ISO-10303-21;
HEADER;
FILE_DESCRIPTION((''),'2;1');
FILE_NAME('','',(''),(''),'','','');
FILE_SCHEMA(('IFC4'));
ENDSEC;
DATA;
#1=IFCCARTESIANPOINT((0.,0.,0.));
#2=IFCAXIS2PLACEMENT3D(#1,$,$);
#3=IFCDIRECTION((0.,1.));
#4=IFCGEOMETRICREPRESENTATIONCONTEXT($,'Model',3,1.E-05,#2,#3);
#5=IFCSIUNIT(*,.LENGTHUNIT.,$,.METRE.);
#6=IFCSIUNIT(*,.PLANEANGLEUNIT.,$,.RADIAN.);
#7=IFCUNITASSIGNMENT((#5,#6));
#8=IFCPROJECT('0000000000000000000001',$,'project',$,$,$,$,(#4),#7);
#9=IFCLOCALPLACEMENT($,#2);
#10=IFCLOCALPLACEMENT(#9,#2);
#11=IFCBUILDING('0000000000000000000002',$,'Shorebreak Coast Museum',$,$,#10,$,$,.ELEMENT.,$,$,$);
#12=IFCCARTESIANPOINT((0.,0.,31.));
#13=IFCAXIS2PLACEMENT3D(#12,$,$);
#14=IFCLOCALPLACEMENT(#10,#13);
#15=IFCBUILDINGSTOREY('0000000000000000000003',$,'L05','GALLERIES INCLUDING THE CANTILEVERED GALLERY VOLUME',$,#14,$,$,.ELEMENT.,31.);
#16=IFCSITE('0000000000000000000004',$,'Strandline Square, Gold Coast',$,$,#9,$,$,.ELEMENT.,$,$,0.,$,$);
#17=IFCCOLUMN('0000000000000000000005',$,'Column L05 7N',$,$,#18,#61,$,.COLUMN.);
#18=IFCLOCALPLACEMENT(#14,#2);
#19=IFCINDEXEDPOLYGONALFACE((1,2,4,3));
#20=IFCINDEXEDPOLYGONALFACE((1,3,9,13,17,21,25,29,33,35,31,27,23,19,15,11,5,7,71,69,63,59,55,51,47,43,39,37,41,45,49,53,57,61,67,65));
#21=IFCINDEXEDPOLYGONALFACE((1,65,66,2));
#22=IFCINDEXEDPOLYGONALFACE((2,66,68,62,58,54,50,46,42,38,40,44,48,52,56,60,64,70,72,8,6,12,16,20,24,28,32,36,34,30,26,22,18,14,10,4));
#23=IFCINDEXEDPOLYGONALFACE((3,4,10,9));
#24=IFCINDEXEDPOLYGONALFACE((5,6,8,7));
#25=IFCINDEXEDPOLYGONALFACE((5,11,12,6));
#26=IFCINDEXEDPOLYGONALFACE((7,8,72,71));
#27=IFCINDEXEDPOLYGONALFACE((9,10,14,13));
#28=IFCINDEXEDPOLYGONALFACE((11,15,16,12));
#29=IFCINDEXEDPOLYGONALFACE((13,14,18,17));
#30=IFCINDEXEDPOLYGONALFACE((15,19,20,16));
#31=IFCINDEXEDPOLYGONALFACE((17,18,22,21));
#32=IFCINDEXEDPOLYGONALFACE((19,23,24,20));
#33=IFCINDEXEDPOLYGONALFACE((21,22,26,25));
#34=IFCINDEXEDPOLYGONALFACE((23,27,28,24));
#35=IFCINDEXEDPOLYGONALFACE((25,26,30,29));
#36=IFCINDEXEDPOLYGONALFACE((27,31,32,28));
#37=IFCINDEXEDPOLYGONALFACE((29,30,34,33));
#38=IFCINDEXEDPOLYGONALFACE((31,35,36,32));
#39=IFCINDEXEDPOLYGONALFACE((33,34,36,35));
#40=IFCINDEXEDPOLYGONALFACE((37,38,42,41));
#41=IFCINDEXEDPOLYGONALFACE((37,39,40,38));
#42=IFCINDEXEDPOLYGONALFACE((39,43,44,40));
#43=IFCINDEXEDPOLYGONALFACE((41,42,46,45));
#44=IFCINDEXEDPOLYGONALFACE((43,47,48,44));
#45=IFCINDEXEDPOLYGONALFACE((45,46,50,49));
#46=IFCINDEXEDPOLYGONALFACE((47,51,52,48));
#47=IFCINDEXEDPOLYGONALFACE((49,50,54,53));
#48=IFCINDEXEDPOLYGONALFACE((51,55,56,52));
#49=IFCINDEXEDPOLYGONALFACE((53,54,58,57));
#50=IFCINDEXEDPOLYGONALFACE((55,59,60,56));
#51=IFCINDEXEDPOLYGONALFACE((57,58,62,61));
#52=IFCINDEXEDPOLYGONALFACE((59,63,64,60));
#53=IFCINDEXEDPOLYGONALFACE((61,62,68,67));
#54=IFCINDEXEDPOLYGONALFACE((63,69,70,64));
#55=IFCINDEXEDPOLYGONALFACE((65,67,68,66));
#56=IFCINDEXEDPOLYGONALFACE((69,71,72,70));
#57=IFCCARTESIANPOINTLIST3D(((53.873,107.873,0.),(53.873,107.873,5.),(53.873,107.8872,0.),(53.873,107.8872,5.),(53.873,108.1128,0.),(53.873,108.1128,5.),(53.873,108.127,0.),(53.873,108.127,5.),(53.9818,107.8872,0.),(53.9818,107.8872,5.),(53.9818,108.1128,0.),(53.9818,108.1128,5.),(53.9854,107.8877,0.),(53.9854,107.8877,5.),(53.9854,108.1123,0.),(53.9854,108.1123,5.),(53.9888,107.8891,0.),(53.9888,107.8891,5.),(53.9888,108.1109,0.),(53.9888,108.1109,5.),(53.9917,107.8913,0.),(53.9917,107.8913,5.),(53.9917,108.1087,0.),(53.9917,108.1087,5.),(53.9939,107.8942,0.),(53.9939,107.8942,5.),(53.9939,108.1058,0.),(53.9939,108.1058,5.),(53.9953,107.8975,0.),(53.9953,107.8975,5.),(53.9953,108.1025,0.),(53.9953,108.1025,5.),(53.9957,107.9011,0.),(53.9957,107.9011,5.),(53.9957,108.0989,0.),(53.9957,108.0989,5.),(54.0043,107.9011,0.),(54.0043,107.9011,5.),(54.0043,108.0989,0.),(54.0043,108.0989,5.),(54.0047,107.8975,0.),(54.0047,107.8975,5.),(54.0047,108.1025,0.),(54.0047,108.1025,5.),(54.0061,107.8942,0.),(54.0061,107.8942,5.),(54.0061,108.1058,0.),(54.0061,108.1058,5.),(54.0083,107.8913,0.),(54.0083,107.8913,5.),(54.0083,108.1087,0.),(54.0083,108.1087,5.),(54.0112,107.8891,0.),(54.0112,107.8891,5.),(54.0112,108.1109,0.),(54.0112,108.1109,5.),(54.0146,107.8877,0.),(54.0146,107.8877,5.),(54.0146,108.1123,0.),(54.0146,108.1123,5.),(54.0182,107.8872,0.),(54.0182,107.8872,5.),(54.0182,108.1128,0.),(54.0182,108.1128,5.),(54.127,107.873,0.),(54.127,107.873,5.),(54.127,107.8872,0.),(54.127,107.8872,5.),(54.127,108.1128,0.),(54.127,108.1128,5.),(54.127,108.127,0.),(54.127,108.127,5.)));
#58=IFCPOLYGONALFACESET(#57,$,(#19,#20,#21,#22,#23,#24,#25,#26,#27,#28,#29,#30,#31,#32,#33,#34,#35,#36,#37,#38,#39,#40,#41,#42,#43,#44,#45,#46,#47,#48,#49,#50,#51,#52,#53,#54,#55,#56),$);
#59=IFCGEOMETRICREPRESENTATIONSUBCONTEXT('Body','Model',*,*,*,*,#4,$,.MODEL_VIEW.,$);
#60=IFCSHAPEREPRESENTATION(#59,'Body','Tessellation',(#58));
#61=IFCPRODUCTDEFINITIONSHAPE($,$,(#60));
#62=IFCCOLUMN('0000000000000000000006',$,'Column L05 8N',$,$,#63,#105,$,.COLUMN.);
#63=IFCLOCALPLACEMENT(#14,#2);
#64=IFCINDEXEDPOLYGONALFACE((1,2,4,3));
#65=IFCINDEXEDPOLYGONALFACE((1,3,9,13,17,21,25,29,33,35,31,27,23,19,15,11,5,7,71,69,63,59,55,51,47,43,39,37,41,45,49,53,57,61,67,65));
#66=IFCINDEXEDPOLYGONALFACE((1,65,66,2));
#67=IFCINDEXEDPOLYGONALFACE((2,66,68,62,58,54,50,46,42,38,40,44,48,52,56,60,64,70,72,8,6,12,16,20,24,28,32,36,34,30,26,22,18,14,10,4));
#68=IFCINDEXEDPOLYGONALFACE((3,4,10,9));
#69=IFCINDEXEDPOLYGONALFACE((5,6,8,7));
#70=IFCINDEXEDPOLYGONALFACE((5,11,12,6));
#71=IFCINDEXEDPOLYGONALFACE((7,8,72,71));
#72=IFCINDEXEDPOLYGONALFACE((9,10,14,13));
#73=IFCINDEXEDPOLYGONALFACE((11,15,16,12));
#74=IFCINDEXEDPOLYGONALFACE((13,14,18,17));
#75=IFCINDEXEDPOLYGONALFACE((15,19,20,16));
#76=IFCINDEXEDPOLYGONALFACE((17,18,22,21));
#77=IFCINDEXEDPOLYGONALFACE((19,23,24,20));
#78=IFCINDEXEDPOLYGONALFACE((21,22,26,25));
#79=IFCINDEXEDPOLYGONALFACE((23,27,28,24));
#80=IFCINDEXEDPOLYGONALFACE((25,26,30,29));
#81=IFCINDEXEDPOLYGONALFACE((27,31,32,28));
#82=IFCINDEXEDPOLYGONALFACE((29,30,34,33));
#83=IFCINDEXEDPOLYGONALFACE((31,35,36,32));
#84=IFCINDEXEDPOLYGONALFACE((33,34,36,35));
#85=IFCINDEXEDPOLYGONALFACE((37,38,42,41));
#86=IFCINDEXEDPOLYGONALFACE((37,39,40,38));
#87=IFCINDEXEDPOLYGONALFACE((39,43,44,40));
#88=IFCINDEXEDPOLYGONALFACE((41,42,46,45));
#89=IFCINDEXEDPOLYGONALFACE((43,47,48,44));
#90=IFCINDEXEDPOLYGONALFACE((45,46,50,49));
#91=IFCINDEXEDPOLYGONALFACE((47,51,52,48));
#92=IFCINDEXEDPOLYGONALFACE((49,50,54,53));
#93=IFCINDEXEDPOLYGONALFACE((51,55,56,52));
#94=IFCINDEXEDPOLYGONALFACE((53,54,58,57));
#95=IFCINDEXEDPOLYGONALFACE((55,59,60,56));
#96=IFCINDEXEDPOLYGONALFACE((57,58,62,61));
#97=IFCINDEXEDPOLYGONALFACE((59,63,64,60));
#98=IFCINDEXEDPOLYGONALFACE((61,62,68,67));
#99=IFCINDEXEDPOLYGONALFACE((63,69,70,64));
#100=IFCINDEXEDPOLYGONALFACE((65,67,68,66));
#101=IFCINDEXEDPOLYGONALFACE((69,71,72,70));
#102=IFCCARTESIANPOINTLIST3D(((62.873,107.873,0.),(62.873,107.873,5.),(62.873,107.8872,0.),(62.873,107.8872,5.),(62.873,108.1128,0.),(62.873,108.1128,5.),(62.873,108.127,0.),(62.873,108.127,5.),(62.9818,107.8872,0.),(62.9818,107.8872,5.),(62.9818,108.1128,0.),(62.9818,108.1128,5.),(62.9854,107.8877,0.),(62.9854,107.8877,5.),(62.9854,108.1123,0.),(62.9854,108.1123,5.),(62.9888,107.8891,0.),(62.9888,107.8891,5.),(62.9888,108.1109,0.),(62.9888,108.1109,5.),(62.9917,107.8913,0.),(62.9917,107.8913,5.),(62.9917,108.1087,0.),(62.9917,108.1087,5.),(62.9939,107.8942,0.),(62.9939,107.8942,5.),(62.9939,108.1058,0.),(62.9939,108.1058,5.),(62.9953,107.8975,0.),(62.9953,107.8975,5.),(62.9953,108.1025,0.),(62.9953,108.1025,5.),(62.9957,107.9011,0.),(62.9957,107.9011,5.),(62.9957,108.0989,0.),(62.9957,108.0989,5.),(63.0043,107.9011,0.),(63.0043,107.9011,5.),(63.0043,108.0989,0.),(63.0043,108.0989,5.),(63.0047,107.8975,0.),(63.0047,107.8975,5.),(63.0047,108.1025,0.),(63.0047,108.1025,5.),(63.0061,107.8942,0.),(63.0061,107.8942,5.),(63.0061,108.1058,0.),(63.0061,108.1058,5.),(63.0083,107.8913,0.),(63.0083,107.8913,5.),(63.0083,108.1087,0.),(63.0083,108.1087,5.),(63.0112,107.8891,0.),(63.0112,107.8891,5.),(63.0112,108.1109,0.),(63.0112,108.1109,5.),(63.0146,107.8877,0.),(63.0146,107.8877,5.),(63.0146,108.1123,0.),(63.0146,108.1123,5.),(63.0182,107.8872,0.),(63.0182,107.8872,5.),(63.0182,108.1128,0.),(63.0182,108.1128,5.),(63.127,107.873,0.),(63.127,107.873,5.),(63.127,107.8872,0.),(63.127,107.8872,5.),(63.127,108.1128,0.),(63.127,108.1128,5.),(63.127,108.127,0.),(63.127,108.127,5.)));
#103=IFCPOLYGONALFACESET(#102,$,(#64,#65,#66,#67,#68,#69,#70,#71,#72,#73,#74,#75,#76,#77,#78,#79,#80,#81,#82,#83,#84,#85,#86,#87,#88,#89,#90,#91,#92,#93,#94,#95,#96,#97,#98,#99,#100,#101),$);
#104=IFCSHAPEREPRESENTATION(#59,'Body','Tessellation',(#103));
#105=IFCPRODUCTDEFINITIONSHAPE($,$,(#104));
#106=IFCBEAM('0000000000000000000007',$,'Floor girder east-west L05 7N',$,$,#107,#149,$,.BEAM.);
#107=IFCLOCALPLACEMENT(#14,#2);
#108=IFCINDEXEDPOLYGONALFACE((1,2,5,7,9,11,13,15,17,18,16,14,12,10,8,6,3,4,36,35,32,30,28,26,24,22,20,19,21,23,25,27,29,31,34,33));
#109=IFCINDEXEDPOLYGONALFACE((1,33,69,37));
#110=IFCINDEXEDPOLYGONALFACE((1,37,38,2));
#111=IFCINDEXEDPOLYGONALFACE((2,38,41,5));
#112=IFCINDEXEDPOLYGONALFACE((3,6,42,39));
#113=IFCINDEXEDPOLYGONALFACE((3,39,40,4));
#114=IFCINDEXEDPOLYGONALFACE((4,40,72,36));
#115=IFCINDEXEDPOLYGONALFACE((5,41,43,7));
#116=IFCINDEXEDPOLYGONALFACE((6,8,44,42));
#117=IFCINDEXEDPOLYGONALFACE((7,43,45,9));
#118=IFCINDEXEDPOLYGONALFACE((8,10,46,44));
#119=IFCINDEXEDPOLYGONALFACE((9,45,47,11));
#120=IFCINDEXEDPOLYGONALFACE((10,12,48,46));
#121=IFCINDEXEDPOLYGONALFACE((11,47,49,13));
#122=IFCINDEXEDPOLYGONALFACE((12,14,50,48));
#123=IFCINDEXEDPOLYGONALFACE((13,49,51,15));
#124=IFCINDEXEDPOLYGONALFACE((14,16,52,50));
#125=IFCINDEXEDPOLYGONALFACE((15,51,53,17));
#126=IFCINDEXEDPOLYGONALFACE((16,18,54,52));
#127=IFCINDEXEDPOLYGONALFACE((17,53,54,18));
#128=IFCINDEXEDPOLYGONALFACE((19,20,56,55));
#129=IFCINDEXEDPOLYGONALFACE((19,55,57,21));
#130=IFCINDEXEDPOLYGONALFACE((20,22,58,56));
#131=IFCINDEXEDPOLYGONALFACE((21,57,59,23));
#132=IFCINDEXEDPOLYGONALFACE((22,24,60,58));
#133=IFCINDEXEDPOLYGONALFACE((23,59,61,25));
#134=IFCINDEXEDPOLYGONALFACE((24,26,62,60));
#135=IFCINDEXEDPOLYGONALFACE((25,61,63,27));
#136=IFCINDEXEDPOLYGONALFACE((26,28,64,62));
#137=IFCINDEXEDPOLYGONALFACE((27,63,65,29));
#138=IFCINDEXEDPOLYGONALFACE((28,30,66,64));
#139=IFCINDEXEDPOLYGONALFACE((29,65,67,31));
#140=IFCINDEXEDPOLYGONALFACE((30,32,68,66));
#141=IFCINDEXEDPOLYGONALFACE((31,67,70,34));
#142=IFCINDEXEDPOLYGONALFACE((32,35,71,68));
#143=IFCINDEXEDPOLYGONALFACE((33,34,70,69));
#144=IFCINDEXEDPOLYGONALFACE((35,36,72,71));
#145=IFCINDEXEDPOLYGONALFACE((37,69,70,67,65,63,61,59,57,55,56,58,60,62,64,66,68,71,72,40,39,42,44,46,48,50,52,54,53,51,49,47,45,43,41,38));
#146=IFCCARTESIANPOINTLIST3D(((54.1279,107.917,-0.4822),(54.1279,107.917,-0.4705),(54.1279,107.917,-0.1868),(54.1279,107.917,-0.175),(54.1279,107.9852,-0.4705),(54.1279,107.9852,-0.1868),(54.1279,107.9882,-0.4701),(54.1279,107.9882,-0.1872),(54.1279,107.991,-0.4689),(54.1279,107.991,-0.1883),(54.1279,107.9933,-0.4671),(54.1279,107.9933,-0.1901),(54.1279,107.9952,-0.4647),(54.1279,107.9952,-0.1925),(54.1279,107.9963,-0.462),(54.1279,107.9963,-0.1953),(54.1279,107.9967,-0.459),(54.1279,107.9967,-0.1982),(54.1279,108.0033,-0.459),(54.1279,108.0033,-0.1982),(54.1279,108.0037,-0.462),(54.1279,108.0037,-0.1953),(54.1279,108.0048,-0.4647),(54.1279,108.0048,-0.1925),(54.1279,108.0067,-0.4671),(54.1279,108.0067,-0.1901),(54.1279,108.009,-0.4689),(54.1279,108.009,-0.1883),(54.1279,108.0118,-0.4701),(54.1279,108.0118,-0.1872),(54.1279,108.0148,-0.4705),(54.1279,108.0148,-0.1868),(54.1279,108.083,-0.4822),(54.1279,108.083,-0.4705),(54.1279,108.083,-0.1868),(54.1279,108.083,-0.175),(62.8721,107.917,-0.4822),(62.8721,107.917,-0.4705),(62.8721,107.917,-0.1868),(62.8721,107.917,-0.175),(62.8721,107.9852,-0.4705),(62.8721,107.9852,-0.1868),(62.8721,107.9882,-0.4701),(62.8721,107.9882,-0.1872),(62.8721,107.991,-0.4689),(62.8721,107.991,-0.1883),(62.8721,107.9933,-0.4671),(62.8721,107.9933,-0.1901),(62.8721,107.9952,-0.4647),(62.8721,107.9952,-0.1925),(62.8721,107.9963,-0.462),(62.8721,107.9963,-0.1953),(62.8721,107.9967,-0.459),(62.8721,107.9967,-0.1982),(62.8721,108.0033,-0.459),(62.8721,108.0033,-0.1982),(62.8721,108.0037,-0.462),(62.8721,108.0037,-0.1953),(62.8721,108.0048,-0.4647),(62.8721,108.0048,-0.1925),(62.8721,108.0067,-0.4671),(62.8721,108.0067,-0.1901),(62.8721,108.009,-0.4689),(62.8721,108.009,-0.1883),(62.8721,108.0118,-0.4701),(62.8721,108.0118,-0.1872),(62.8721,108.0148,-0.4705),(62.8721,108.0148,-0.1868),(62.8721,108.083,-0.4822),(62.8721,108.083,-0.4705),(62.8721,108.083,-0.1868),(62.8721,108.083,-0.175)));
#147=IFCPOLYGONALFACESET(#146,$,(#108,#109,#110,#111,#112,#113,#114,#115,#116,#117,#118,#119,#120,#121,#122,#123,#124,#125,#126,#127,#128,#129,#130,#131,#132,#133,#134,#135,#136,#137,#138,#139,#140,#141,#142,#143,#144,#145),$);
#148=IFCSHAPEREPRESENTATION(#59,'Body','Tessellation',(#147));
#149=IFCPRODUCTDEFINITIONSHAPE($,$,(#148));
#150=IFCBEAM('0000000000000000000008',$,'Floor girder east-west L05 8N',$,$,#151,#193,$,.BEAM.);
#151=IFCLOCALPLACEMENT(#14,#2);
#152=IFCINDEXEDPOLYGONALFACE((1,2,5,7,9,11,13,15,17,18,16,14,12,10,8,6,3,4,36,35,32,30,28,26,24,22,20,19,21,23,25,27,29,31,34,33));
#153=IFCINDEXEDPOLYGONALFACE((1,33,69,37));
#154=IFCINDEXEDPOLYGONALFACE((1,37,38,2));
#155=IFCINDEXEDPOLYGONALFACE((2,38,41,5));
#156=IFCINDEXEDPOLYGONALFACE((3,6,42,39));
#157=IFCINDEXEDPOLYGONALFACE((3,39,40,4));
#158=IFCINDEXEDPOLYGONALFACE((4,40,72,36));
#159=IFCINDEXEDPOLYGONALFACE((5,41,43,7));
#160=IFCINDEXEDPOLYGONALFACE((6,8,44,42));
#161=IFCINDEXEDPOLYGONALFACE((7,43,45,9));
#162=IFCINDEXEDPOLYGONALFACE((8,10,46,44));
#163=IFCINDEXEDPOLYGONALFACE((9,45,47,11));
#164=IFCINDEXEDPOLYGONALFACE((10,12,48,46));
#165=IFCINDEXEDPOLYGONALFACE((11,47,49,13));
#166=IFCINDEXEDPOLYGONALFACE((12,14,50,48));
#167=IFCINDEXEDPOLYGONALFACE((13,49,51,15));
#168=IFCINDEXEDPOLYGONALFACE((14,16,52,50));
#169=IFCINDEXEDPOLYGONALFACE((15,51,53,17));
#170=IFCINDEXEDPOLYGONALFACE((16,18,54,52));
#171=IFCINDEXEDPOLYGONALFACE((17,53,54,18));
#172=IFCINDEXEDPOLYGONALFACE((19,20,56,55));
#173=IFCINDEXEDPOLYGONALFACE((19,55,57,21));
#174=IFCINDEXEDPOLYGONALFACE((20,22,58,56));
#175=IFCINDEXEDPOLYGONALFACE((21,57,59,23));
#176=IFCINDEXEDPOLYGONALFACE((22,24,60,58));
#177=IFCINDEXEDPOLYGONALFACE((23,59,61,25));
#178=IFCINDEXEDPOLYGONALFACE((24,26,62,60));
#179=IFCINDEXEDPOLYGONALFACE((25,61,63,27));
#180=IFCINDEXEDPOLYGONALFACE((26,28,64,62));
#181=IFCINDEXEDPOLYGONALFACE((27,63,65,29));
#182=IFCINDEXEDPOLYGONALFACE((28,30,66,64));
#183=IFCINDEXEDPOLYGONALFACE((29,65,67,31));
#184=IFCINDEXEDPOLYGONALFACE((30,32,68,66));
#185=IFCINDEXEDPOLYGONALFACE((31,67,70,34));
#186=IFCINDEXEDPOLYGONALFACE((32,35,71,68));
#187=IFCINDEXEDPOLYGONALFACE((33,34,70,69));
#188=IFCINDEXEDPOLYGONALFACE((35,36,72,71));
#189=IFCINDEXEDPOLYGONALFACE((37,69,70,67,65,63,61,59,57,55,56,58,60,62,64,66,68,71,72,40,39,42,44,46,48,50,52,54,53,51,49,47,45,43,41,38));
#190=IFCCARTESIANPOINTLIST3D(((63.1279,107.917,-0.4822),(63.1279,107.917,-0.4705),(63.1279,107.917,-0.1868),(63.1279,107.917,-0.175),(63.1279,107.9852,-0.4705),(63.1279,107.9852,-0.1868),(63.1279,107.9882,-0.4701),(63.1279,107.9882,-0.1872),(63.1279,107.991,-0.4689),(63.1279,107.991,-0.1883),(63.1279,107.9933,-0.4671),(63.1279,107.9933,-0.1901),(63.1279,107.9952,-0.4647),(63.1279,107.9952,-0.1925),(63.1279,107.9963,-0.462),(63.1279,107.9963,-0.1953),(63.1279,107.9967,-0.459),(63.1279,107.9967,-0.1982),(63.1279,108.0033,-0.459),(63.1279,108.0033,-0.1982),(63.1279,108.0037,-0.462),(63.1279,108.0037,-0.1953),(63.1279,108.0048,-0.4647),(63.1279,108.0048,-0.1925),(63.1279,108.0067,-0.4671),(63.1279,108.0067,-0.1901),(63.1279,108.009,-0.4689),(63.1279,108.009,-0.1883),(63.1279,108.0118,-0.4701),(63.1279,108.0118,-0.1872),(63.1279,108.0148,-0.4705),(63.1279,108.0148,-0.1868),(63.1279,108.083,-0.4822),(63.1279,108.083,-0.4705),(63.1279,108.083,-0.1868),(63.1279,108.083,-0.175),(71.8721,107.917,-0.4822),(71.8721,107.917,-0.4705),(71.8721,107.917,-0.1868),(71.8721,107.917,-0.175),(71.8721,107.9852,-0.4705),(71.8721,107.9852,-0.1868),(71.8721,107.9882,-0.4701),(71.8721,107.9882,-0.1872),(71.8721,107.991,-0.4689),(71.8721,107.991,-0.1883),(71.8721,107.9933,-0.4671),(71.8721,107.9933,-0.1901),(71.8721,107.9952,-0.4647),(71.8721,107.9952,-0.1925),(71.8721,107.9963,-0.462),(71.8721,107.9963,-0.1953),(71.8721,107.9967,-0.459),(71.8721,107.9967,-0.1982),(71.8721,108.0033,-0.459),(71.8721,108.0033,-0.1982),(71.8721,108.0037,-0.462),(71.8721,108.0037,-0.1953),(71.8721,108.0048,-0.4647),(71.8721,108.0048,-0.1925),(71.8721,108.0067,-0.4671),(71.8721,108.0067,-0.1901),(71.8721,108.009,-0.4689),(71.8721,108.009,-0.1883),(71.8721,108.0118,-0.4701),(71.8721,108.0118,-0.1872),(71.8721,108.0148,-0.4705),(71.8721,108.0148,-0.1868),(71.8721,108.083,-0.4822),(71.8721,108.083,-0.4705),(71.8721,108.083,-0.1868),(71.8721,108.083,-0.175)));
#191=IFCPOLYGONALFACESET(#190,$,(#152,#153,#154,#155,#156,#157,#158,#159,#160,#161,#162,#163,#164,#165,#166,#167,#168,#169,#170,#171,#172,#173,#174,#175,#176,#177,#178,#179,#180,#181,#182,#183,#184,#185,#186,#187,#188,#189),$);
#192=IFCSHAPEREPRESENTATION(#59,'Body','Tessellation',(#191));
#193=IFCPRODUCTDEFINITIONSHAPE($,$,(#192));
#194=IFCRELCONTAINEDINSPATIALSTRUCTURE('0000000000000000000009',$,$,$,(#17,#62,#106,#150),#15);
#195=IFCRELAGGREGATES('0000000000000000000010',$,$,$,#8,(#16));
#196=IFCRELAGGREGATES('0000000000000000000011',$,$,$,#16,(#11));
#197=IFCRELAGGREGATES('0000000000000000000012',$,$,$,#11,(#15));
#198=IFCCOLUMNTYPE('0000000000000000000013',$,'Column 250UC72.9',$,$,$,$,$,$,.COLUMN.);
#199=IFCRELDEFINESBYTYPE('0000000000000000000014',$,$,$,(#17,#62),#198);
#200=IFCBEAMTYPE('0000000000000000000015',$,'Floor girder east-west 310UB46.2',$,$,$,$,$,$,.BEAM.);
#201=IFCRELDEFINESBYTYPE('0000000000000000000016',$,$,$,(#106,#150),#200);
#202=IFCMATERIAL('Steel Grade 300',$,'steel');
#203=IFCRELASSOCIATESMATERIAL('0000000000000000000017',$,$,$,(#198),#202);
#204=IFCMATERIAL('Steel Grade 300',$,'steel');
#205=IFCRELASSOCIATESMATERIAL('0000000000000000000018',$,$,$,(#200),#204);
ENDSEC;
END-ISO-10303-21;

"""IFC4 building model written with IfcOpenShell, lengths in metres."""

from ifc_helpers import new_model, si_unit, direction, frame, origin, origin_2d, place, context, subcontext, project, spatial, i_section, extrude, material, material_profile, profile_set, type_object, element, save


model = new_model("IFC4")

# Units and contexts
model_context = context("Model", 3, precision=1e-05, world=origin(), true_north=direction((0.0, 1.0)))
body_context = subcontext(model_context, "Body", "Model", "MODEL_VIEW")
ifc_project = project(units=[si_unit("LENGTHUNIT", "METRE"), si_unit("PLANEANGLEUNIT", "RADIAN")], contexts=[model_context])

# Site, building, storey
site_placement = place(None, origin())
site = spatial("IfcSite", under=ifc_project, at=site_placement, Name="Strandline Square, Gold Coast", CompositionType="ELEMENT", RefElevation=0.0)
building_placement = place(site_placement, origin())
building = spatial("IfcBuilding", under=site, at=building_placement, Name="Shorebreak Coast Museum", CompositionType="ELEMENT")
storey_placement = place(building_placement, frame((0.0, 0.0, 31.0)))
storey = spatial("IfcBuildingStorey", under=building, at=storey_placement, Name="L05", Description="GALLERIES INCLUDING THE CANTILEVERED GALLERY VOLUME", CompositionType="ELEMENT", Elevation=31.0)

# Columns
ifc_material_1 = material(Name="Steel Grade 300", Category="steel")
ifc_material_profile_1 = material_profile(ifc_material_1, i_section(OverallWidth=0.2539, OverallDepth=0.2539, WebThickness=0.0085, FlangeThickness=0.0142, FilletRadius=0.0139, at=origin_2d()), Name="250UC72.9")
ifc_profile_set_1 = profile_set([ifc_material_profile_1], Name="Steel Grade 300")
column_type = type_object("IfcColumnType", Name="Column 250UC72.9", PredefinedType="COLUMN", material=ifc_profile_set_1)
for number, where, z_axis, x_axis, name in (
    (1, (54.0, 108.0, 0.0), (0.0, 0.0, 1.0), (1.0, 0.0, 0.0), "Column L05 7N"),
    (2, (63.0, 108.0, 0.0), (0.0, 0.0, 1.0), (1.0, 0.0, 0.0), "Column L05 8N"),
):
    element("IfcColumn", number, at=place(storey_placement, frame(where, z_axis=z_axis, x_axis=x_axis)), inside=storey, type_object=column_type, Name=name, PredefinedType="COLUMN", context=body_context, shape_type="SweptSolid", body=[
        extrude(i_section(OverallWidth=0.2539, OverallDepth=0.2539, WebThickness=0.0085, FlangeThickness=0.0142, FilletRadius=0.0139, at=origin_2d()), origin(), (0.0, 0.0, 1.0), 5.0),
    ])

# Beams
ifc_material_2 = material(Name="Steel Grade 300", Category="steel")
ifc_material_profile_2 = material_profile(ifc_material_2, i_section(OverallWidth=0.166, OverallDepth=0.3071, WebThickness=0.0066, FlangeThickness=0.0117, FilletRadius=0.0115, at=origin_2d()), Name="310UB46.2")
ifc_profile_set_2 = profile_set([ifc_material_profile_2], Name="Steel Grade 300")
beam_type_1 = type_object("IfcBeamType", Name="Floor girder east-west 310UB46.2", PredefinedType="BEAM", material=ifc_profile_set_2)
for number, where, z_axis, x_axis, name in (
    (3, (54.1279, 108.0, -0.3286), (1.0, 0.0, 0.0), (0.0, 1.0, 0.0), "Floor girder east-west L05 7N"),
    (4, (63.1279, 108.0, -0.3286), (1.0, 0.0, 0.0), (0.0, 1.0, 0.0), "Floor girder east-west L05 8N"),
):
    element("IfcBeam", number, at=place(storey_placement, frame(where, z_axis=z_axis, x_axis=x_axis)), inside=storey, type_object=beam_type_1, Name=name, PredefinedType="BEAM", context=body_context, shape_type="SweptSolid", body=[
        extrude(i_section(OverallWidth=0.166, OverallDepth=0.3071, WebThickness=0.0066, FlangeThickness=0.0117, FilletRadius=0.0115, at=origin_2d()), origin(), (0.0, 0.0, 1.0), 8.7441),
    ])

save(model, "model.ifc")
